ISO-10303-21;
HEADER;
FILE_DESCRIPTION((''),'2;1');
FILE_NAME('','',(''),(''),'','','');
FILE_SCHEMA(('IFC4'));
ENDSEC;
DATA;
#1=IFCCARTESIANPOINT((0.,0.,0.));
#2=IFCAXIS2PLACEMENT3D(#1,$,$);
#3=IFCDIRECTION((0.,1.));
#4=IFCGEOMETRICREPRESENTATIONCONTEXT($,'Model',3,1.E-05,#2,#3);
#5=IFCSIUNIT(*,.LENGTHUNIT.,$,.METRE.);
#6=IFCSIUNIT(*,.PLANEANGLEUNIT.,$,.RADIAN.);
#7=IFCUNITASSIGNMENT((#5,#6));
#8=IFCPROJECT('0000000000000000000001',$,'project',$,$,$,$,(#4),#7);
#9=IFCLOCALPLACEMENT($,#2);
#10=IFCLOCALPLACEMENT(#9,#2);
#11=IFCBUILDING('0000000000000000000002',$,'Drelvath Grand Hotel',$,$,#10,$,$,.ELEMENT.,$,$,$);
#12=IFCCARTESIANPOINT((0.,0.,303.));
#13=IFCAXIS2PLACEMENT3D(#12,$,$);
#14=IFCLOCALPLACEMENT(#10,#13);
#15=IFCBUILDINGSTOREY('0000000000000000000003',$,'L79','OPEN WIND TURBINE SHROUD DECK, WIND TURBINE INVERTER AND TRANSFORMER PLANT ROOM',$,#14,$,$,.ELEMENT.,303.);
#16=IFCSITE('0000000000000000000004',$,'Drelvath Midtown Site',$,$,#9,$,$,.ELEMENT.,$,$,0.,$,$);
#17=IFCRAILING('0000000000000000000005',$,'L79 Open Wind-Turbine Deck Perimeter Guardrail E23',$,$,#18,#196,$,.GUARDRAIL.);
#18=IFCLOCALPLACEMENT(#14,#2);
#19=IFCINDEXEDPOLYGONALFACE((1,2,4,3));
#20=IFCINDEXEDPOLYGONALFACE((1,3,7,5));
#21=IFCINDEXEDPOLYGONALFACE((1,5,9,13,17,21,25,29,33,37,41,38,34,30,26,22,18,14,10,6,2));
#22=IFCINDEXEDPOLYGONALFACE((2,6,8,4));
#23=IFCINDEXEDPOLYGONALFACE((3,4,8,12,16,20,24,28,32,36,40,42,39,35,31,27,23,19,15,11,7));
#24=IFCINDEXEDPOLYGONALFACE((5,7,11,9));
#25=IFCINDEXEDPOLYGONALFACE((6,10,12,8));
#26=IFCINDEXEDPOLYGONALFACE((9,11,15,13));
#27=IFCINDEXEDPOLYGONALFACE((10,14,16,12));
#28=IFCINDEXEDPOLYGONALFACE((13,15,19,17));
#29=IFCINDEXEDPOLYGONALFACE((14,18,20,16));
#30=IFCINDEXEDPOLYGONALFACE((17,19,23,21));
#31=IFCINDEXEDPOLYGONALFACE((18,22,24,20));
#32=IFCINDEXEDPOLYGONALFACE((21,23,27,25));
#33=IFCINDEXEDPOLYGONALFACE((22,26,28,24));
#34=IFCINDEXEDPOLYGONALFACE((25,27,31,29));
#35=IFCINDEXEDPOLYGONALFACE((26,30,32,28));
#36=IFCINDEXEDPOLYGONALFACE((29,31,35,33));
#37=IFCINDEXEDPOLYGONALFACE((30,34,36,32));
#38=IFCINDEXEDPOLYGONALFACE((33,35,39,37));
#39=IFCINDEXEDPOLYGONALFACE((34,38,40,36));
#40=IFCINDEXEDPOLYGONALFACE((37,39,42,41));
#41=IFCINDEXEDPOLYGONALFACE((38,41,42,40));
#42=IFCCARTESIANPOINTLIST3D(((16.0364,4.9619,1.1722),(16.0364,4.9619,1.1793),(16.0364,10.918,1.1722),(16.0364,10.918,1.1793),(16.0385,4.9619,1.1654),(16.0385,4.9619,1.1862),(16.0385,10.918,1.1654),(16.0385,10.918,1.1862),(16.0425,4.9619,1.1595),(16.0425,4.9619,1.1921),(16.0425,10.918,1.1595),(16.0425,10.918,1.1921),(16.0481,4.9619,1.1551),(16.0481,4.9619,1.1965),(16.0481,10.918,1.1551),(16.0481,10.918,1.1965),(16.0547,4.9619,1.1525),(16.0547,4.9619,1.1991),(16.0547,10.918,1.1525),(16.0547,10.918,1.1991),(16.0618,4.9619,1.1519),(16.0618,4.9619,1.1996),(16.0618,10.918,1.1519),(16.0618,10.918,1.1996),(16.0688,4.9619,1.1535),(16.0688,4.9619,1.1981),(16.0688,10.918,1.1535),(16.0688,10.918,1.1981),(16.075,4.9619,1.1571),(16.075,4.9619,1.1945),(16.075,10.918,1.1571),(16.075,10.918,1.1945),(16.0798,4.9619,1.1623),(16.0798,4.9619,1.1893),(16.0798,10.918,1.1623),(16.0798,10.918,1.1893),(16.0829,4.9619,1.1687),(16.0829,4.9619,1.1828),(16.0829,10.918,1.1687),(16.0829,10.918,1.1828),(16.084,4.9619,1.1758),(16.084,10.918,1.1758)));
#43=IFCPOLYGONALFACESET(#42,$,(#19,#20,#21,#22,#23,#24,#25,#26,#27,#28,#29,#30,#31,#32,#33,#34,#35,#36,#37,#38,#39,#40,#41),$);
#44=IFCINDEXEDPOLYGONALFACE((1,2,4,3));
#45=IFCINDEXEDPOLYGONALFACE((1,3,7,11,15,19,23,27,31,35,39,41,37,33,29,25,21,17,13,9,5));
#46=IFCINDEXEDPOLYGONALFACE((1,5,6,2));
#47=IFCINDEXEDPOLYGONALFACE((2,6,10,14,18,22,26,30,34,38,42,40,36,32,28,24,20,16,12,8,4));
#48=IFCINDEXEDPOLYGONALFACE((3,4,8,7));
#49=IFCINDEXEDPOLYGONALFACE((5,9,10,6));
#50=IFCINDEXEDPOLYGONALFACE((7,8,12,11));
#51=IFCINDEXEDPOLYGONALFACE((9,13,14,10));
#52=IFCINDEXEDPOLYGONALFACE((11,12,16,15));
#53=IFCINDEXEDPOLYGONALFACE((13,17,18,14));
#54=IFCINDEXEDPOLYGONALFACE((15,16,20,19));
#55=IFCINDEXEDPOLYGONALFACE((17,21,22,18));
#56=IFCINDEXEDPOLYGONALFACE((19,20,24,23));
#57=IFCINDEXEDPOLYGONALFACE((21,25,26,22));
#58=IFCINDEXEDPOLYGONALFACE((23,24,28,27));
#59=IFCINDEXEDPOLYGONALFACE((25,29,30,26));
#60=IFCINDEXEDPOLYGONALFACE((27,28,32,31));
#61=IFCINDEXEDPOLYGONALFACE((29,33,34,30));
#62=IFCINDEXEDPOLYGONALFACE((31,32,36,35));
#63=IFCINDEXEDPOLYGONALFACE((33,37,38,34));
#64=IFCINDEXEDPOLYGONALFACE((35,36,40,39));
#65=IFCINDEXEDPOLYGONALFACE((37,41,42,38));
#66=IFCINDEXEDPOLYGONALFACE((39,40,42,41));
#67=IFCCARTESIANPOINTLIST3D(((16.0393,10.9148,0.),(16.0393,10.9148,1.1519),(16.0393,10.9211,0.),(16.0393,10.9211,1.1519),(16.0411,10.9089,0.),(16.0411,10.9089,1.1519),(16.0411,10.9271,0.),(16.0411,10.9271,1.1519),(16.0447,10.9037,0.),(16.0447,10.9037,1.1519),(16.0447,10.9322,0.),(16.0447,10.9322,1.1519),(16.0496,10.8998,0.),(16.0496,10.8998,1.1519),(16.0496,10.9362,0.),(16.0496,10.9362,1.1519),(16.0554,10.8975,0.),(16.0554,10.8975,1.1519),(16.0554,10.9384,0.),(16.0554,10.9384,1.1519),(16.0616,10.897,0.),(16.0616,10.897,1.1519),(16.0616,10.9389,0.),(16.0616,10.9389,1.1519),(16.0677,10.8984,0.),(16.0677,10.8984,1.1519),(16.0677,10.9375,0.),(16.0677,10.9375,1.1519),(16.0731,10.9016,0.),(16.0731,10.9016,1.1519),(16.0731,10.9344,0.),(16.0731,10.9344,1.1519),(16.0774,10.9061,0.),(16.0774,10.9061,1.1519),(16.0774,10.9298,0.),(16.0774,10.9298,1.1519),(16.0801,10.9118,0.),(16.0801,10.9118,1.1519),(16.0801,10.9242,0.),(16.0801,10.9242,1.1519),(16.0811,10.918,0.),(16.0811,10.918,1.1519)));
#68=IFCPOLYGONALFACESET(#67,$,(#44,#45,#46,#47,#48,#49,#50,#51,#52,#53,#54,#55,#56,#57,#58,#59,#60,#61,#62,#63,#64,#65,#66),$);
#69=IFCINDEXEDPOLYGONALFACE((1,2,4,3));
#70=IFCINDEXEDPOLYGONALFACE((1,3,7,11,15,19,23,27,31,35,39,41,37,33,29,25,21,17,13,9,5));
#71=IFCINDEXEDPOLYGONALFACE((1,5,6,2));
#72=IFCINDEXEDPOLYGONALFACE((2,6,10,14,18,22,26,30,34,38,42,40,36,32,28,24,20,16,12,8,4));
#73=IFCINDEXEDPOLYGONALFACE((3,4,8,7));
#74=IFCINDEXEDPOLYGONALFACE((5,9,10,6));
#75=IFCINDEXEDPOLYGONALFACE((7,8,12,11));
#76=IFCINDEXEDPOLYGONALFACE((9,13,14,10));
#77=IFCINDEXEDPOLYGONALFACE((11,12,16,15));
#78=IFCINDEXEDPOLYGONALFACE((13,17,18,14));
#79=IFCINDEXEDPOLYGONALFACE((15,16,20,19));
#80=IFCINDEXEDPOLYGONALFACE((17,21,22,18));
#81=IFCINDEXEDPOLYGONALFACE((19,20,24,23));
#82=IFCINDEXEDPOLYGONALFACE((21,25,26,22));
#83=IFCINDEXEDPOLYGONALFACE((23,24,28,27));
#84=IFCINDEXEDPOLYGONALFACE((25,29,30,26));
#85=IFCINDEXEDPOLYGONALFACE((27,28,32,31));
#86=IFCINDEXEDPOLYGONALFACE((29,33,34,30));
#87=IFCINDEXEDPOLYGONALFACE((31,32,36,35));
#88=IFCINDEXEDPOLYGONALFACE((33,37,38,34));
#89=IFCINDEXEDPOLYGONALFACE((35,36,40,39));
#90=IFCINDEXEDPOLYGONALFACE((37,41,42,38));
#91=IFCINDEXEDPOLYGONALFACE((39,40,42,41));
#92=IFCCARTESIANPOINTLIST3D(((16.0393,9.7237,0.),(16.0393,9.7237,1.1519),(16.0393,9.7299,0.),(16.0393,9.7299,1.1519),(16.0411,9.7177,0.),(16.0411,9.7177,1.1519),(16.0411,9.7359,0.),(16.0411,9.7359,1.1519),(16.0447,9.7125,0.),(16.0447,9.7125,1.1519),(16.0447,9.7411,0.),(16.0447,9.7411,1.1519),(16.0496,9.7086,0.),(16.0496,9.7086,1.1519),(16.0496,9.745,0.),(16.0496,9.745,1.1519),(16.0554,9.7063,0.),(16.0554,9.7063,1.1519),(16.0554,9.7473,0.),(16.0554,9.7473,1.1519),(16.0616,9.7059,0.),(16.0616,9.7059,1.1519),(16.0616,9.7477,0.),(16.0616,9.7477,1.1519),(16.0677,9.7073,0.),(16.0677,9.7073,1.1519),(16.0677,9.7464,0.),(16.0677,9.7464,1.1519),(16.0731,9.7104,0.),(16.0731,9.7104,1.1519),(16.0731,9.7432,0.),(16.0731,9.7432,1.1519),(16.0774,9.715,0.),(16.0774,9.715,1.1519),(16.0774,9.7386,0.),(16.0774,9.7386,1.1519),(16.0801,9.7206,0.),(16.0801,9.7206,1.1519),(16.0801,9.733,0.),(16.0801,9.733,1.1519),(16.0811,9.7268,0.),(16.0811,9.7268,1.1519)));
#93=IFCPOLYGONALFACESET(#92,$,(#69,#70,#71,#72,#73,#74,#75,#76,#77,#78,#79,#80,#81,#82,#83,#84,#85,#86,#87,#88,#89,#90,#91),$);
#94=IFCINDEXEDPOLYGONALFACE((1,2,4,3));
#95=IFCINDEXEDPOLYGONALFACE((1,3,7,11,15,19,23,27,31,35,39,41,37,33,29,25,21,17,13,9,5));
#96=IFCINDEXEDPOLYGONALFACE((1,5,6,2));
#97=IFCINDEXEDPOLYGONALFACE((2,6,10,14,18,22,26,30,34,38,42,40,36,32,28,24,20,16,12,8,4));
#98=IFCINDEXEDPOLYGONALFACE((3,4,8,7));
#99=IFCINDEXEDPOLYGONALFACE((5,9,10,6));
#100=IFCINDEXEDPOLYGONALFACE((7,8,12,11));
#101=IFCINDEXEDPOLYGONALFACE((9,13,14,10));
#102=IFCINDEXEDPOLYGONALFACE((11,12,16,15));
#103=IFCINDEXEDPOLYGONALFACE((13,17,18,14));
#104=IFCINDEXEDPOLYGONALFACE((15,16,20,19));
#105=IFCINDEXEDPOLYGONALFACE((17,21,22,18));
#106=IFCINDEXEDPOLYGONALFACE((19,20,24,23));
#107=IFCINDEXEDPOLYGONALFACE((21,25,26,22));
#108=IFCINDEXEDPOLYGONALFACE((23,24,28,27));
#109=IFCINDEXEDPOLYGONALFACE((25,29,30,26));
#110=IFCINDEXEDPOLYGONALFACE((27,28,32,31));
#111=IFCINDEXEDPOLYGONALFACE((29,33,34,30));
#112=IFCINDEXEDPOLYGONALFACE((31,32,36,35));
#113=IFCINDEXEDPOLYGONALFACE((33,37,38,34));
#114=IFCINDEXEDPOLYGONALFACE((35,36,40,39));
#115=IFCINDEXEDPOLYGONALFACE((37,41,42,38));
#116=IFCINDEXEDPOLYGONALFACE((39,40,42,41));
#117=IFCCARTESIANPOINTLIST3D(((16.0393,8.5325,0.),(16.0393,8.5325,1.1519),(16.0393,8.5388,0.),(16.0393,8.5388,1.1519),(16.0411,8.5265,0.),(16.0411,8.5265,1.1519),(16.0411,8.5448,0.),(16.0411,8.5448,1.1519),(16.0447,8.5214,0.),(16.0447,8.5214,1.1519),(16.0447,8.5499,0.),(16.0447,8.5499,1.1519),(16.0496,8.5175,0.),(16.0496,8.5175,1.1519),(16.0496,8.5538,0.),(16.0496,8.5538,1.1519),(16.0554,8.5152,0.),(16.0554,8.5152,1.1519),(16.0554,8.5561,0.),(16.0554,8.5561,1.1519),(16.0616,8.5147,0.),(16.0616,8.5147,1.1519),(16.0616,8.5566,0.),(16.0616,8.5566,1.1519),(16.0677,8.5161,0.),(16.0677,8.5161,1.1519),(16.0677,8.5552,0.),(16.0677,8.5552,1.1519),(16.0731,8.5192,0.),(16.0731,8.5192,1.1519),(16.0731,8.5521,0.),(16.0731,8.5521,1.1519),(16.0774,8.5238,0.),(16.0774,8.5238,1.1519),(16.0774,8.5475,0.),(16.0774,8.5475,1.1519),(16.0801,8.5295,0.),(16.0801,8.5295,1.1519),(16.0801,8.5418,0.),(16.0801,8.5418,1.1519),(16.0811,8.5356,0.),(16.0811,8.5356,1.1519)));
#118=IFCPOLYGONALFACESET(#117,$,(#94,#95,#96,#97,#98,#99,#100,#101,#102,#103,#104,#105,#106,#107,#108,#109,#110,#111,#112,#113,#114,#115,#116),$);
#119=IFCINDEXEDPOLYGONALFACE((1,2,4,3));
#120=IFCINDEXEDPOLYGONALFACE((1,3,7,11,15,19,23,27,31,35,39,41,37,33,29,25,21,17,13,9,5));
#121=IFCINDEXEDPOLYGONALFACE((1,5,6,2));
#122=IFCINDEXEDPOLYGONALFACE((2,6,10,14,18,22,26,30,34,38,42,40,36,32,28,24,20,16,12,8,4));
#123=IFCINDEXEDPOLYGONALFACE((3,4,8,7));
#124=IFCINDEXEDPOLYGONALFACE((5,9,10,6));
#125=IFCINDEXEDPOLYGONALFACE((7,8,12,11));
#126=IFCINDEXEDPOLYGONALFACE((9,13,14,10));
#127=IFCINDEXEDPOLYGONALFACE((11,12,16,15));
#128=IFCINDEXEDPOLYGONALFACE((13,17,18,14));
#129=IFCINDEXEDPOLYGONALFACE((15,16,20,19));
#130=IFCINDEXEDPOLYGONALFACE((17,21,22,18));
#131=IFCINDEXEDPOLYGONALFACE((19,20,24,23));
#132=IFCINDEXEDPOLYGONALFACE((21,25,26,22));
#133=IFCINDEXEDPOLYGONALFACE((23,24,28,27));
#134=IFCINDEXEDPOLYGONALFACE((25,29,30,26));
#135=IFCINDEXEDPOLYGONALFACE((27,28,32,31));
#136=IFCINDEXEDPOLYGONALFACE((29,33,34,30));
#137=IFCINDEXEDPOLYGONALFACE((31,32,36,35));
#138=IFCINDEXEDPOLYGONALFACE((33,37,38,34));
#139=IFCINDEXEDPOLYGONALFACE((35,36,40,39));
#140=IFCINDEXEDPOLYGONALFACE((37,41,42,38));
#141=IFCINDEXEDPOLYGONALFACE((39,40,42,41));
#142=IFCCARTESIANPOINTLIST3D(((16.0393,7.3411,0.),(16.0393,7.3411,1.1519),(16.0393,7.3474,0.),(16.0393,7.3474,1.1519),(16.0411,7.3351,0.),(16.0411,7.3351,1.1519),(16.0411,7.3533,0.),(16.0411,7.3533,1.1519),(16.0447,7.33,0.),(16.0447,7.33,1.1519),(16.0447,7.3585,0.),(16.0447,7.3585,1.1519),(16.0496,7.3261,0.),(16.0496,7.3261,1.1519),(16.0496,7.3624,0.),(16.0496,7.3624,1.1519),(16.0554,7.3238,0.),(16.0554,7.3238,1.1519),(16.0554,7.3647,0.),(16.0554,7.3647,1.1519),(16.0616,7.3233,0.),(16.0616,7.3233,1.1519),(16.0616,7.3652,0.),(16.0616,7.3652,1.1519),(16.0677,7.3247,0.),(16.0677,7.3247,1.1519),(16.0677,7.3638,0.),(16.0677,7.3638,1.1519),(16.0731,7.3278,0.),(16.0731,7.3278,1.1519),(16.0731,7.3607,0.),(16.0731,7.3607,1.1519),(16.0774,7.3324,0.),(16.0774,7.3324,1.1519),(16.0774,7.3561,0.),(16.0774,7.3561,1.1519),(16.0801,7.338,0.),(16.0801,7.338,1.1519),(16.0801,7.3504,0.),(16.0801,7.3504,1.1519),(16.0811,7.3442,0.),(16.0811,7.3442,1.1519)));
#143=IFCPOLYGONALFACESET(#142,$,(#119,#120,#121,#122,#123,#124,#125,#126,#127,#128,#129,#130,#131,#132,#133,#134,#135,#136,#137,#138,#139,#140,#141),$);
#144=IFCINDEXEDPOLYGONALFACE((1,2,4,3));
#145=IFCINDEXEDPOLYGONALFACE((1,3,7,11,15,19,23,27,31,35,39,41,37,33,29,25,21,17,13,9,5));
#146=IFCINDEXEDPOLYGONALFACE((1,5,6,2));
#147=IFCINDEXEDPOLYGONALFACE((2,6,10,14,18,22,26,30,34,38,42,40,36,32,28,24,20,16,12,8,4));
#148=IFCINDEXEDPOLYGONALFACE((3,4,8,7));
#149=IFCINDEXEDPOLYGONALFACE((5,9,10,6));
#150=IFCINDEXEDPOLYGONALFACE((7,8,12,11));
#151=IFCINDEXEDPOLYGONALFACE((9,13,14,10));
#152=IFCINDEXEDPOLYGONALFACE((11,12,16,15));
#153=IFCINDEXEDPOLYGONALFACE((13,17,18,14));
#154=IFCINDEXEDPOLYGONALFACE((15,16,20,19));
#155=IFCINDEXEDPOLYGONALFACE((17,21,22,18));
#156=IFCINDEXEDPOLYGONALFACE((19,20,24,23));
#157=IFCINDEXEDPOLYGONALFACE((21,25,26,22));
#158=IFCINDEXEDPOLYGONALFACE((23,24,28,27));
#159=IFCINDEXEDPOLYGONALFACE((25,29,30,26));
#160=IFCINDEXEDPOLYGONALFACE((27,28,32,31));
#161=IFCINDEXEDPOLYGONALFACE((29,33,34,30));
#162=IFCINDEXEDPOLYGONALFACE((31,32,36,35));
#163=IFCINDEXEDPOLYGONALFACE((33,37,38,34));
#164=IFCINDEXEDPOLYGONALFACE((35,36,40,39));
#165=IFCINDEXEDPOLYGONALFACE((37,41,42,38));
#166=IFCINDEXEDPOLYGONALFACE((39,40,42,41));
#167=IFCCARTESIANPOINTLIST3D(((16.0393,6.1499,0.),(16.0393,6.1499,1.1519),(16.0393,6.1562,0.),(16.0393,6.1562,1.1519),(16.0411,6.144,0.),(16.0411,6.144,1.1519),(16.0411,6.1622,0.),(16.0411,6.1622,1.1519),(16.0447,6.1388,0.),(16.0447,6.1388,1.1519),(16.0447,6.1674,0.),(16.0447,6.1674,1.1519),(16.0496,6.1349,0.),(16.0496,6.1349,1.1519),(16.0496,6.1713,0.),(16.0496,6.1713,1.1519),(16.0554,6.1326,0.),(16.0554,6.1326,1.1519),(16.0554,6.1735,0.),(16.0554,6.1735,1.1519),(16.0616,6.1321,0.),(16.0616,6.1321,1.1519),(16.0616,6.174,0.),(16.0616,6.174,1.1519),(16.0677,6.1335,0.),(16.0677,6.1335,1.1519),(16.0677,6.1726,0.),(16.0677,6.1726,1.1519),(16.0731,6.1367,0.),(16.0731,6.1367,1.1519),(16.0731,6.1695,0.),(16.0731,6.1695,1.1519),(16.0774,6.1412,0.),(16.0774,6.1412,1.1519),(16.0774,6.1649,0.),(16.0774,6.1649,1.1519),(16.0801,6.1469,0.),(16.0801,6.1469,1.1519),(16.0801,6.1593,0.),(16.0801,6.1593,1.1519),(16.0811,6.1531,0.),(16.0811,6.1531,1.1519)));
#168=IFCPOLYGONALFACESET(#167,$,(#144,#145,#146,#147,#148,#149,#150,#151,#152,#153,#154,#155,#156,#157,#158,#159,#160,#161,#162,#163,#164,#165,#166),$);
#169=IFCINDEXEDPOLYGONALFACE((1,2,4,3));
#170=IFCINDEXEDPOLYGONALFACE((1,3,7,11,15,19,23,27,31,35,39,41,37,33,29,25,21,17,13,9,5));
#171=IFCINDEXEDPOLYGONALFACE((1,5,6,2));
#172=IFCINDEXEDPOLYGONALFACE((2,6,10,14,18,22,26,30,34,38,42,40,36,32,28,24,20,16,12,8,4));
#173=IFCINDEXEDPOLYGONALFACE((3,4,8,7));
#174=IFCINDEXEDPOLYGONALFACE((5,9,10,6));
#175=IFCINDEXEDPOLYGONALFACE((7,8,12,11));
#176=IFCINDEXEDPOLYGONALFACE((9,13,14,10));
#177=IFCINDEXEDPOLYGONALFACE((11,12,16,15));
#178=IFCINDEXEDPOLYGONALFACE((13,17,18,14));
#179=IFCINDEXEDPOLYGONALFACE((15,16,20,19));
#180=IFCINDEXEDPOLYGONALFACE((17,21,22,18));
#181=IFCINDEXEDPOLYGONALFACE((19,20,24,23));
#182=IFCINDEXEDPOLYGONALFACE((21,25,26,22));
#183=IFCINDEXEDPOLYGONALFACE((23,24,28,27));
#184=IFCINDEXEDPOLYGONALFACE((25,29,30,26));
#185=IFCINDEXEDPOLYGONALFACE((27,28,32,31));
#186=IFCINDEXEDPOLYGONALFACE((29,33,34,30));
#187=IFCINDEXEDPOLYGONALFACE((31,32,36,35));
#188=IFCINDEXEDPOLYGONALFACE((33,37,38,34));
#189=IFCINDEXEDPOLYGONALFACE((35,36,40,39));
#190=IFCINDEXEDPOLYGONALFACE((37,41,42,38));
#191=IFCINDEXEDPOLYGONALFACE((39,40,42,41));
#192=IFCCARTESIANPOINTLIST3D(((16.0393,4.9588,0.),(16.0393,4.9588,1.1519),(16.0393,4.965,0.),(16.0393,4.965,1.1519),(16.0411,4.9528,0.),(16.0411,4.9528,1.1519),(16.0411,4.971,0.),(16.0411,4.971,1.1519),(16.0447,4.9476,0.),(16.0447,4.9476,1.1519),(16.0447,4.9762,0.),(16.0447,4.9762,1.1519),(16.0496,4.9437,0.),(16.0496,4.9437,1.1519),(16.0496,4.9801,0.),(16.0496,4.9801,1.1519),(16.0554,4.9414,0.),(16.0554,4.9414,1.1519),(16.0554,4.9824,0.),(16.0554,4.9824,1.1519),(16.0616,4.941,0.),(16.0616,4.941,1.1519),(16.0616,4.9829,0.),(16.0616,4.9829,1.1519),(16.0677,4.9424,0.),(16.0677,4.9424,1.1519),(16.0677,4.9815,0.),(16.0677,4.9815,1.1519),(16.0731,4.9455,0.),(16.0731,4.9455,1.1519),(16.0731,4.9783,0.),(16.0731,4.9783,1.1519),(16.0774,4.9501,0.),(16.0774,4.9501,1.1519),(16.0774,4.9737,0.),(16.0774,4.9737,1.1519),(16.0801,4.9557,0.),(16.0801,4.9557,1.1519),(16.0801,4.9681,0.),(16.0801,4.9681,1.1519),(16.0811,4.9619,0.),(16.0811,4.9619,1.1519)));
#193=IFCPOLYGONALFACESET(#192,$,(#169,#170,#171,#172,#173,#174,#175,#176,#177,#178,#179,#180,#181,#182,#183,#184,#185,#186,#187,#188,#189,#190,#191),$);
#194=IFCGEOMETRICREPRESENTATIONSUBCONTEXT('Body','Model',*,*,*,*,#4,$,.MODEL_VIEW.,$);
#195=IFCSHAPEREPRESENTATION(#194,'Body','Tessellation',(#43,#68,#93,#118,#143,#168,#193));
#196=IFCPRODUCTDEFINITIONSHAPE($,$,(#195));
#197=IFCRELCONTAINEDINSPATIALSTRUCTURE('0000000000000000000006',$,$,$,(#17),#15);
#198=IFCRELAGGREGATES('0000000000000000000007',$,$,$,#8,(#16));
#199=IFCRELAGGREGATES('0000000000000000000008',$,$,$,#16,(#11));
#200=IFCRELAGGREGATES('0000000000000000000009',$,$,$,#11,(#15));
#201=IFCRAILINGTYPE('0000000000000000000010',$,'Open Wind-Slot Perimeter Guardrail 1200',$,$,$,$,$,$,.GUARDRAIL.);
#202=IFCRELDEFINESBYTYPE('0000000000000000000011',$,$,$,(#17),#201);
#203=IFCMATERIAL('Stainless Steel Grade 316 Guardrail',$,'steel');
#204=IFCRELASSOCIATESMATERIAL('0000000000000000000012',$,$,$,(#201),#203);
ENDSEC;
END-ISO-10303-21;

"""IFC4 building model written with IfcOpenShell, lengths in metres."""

from ifc_helpers import new_model, si_unit, direction, frame, origin, origin_2d, place, context, subcontext, project, spatial, circle, extrude, material, type_object, element, save


model = new_model("IFC4")

# Units and contexts
model_context = context("Model", 3, precision=1e-05, world=origin(), true_north=direction((0.0, 1.0)))
body_context = subcontext(model_context, "Body", "Model", "MODEL_VIEW")
ifc_project = project(units=[si_unit("LENGTHUNIT", "METRE"), si_unit("PLANEANGLEUNIT", "RADIAN")], contexts=[model_context])

# Site, building, storey
site_placement = place(None, origin())
site = spatial("IfcSite", under=ifc_project, at=site_placement, Name="Drelvath Midtown Site", CompositionType="ELEMENT", RefElevation=0.0)
building_placement = place(site_placement, origin())
building = spatial("IfcBuilding", under=site, at=building_placement, Name="Drelvath Grand Hotel", CompositionType="ELEMENT")
storey_placement = place(building_placement, frame((0.0, 0.0, 303.0)))
storey = spatial("IfcBuildingStorey", under=building, at=storey_placement, Name="L79", Description="OPEN WIND TURBINE SHROUD DECK, WIND TURBINE INVERTER AND TRANSFORMER PLANT ROOM", CompositionType="ELEMENT", Elevation=303.0)

# Railing
ifc_material_1 = material(Name="Stainless Steel Grade 316 Guardrail", Category="steel")
railing_type = type_object("IfcRailingType", Name="Open Wind-Slot Perimeter Guardrail 1200", PredefinedType="GUARDRAIL", material=ifc_material_1)
railing_1_placement = place(storey_placement, frame((16.0601, 10.918, 0.0)))
element("IfcRailing", 1, at=railing_1_placement, inside=storey, type_object=railing_type, Name="L79 Open Wind-Turbine Deck Perimeter Guardrail E23", PredefinedType="GUARDRAIL", context=body_context, shape_type="SweptSolid", body=[
    extrude(circle(Radius=0.0239, at=origin_2d()), frame((0.0, 0.0, 1.1758), z_axis=(0.0, -1.0, 0.0), x_axis=(1.0, 0.0, 0.0)), (0.0, 0.0, 1.0), 5.9561),
    extrude(circle(Radius=0.021, at=origin_2d()), origin(), (0.0, 0.0, 1.0), 1.1519),
    extrude(circle(Radius=0.021, at=origin_2d()), frame((0.0, -1.1912, 0.0)), (0.0, 0.0, 1.0), 1.1519),
    extrude(circle(Radius=0.021, at=origin_2d()), frame((0.0, -2.3823, 0.0)), (0.0, 0.0, 1.0), 1.1519),
    extrude(circle(Radius=0.021, at=origin_2d()), frame((0.0, -3.5737, 0.0)), (0.0, 0.0, 1.0), 1.1519),
    extrude(circle(Radius=0.021, at=origin_2d()), frame((0.0, -4.7649, 0.0)), (0.0, 0.0, 1.0), 1.1519),
    extrude(circle(Radius=0.021, at=origin_2d()), frame((0.0, -5.9561, 0.0)), (0.0, 0.0, 1.0), 1.1519),
])

save(model, "model.ifc")
